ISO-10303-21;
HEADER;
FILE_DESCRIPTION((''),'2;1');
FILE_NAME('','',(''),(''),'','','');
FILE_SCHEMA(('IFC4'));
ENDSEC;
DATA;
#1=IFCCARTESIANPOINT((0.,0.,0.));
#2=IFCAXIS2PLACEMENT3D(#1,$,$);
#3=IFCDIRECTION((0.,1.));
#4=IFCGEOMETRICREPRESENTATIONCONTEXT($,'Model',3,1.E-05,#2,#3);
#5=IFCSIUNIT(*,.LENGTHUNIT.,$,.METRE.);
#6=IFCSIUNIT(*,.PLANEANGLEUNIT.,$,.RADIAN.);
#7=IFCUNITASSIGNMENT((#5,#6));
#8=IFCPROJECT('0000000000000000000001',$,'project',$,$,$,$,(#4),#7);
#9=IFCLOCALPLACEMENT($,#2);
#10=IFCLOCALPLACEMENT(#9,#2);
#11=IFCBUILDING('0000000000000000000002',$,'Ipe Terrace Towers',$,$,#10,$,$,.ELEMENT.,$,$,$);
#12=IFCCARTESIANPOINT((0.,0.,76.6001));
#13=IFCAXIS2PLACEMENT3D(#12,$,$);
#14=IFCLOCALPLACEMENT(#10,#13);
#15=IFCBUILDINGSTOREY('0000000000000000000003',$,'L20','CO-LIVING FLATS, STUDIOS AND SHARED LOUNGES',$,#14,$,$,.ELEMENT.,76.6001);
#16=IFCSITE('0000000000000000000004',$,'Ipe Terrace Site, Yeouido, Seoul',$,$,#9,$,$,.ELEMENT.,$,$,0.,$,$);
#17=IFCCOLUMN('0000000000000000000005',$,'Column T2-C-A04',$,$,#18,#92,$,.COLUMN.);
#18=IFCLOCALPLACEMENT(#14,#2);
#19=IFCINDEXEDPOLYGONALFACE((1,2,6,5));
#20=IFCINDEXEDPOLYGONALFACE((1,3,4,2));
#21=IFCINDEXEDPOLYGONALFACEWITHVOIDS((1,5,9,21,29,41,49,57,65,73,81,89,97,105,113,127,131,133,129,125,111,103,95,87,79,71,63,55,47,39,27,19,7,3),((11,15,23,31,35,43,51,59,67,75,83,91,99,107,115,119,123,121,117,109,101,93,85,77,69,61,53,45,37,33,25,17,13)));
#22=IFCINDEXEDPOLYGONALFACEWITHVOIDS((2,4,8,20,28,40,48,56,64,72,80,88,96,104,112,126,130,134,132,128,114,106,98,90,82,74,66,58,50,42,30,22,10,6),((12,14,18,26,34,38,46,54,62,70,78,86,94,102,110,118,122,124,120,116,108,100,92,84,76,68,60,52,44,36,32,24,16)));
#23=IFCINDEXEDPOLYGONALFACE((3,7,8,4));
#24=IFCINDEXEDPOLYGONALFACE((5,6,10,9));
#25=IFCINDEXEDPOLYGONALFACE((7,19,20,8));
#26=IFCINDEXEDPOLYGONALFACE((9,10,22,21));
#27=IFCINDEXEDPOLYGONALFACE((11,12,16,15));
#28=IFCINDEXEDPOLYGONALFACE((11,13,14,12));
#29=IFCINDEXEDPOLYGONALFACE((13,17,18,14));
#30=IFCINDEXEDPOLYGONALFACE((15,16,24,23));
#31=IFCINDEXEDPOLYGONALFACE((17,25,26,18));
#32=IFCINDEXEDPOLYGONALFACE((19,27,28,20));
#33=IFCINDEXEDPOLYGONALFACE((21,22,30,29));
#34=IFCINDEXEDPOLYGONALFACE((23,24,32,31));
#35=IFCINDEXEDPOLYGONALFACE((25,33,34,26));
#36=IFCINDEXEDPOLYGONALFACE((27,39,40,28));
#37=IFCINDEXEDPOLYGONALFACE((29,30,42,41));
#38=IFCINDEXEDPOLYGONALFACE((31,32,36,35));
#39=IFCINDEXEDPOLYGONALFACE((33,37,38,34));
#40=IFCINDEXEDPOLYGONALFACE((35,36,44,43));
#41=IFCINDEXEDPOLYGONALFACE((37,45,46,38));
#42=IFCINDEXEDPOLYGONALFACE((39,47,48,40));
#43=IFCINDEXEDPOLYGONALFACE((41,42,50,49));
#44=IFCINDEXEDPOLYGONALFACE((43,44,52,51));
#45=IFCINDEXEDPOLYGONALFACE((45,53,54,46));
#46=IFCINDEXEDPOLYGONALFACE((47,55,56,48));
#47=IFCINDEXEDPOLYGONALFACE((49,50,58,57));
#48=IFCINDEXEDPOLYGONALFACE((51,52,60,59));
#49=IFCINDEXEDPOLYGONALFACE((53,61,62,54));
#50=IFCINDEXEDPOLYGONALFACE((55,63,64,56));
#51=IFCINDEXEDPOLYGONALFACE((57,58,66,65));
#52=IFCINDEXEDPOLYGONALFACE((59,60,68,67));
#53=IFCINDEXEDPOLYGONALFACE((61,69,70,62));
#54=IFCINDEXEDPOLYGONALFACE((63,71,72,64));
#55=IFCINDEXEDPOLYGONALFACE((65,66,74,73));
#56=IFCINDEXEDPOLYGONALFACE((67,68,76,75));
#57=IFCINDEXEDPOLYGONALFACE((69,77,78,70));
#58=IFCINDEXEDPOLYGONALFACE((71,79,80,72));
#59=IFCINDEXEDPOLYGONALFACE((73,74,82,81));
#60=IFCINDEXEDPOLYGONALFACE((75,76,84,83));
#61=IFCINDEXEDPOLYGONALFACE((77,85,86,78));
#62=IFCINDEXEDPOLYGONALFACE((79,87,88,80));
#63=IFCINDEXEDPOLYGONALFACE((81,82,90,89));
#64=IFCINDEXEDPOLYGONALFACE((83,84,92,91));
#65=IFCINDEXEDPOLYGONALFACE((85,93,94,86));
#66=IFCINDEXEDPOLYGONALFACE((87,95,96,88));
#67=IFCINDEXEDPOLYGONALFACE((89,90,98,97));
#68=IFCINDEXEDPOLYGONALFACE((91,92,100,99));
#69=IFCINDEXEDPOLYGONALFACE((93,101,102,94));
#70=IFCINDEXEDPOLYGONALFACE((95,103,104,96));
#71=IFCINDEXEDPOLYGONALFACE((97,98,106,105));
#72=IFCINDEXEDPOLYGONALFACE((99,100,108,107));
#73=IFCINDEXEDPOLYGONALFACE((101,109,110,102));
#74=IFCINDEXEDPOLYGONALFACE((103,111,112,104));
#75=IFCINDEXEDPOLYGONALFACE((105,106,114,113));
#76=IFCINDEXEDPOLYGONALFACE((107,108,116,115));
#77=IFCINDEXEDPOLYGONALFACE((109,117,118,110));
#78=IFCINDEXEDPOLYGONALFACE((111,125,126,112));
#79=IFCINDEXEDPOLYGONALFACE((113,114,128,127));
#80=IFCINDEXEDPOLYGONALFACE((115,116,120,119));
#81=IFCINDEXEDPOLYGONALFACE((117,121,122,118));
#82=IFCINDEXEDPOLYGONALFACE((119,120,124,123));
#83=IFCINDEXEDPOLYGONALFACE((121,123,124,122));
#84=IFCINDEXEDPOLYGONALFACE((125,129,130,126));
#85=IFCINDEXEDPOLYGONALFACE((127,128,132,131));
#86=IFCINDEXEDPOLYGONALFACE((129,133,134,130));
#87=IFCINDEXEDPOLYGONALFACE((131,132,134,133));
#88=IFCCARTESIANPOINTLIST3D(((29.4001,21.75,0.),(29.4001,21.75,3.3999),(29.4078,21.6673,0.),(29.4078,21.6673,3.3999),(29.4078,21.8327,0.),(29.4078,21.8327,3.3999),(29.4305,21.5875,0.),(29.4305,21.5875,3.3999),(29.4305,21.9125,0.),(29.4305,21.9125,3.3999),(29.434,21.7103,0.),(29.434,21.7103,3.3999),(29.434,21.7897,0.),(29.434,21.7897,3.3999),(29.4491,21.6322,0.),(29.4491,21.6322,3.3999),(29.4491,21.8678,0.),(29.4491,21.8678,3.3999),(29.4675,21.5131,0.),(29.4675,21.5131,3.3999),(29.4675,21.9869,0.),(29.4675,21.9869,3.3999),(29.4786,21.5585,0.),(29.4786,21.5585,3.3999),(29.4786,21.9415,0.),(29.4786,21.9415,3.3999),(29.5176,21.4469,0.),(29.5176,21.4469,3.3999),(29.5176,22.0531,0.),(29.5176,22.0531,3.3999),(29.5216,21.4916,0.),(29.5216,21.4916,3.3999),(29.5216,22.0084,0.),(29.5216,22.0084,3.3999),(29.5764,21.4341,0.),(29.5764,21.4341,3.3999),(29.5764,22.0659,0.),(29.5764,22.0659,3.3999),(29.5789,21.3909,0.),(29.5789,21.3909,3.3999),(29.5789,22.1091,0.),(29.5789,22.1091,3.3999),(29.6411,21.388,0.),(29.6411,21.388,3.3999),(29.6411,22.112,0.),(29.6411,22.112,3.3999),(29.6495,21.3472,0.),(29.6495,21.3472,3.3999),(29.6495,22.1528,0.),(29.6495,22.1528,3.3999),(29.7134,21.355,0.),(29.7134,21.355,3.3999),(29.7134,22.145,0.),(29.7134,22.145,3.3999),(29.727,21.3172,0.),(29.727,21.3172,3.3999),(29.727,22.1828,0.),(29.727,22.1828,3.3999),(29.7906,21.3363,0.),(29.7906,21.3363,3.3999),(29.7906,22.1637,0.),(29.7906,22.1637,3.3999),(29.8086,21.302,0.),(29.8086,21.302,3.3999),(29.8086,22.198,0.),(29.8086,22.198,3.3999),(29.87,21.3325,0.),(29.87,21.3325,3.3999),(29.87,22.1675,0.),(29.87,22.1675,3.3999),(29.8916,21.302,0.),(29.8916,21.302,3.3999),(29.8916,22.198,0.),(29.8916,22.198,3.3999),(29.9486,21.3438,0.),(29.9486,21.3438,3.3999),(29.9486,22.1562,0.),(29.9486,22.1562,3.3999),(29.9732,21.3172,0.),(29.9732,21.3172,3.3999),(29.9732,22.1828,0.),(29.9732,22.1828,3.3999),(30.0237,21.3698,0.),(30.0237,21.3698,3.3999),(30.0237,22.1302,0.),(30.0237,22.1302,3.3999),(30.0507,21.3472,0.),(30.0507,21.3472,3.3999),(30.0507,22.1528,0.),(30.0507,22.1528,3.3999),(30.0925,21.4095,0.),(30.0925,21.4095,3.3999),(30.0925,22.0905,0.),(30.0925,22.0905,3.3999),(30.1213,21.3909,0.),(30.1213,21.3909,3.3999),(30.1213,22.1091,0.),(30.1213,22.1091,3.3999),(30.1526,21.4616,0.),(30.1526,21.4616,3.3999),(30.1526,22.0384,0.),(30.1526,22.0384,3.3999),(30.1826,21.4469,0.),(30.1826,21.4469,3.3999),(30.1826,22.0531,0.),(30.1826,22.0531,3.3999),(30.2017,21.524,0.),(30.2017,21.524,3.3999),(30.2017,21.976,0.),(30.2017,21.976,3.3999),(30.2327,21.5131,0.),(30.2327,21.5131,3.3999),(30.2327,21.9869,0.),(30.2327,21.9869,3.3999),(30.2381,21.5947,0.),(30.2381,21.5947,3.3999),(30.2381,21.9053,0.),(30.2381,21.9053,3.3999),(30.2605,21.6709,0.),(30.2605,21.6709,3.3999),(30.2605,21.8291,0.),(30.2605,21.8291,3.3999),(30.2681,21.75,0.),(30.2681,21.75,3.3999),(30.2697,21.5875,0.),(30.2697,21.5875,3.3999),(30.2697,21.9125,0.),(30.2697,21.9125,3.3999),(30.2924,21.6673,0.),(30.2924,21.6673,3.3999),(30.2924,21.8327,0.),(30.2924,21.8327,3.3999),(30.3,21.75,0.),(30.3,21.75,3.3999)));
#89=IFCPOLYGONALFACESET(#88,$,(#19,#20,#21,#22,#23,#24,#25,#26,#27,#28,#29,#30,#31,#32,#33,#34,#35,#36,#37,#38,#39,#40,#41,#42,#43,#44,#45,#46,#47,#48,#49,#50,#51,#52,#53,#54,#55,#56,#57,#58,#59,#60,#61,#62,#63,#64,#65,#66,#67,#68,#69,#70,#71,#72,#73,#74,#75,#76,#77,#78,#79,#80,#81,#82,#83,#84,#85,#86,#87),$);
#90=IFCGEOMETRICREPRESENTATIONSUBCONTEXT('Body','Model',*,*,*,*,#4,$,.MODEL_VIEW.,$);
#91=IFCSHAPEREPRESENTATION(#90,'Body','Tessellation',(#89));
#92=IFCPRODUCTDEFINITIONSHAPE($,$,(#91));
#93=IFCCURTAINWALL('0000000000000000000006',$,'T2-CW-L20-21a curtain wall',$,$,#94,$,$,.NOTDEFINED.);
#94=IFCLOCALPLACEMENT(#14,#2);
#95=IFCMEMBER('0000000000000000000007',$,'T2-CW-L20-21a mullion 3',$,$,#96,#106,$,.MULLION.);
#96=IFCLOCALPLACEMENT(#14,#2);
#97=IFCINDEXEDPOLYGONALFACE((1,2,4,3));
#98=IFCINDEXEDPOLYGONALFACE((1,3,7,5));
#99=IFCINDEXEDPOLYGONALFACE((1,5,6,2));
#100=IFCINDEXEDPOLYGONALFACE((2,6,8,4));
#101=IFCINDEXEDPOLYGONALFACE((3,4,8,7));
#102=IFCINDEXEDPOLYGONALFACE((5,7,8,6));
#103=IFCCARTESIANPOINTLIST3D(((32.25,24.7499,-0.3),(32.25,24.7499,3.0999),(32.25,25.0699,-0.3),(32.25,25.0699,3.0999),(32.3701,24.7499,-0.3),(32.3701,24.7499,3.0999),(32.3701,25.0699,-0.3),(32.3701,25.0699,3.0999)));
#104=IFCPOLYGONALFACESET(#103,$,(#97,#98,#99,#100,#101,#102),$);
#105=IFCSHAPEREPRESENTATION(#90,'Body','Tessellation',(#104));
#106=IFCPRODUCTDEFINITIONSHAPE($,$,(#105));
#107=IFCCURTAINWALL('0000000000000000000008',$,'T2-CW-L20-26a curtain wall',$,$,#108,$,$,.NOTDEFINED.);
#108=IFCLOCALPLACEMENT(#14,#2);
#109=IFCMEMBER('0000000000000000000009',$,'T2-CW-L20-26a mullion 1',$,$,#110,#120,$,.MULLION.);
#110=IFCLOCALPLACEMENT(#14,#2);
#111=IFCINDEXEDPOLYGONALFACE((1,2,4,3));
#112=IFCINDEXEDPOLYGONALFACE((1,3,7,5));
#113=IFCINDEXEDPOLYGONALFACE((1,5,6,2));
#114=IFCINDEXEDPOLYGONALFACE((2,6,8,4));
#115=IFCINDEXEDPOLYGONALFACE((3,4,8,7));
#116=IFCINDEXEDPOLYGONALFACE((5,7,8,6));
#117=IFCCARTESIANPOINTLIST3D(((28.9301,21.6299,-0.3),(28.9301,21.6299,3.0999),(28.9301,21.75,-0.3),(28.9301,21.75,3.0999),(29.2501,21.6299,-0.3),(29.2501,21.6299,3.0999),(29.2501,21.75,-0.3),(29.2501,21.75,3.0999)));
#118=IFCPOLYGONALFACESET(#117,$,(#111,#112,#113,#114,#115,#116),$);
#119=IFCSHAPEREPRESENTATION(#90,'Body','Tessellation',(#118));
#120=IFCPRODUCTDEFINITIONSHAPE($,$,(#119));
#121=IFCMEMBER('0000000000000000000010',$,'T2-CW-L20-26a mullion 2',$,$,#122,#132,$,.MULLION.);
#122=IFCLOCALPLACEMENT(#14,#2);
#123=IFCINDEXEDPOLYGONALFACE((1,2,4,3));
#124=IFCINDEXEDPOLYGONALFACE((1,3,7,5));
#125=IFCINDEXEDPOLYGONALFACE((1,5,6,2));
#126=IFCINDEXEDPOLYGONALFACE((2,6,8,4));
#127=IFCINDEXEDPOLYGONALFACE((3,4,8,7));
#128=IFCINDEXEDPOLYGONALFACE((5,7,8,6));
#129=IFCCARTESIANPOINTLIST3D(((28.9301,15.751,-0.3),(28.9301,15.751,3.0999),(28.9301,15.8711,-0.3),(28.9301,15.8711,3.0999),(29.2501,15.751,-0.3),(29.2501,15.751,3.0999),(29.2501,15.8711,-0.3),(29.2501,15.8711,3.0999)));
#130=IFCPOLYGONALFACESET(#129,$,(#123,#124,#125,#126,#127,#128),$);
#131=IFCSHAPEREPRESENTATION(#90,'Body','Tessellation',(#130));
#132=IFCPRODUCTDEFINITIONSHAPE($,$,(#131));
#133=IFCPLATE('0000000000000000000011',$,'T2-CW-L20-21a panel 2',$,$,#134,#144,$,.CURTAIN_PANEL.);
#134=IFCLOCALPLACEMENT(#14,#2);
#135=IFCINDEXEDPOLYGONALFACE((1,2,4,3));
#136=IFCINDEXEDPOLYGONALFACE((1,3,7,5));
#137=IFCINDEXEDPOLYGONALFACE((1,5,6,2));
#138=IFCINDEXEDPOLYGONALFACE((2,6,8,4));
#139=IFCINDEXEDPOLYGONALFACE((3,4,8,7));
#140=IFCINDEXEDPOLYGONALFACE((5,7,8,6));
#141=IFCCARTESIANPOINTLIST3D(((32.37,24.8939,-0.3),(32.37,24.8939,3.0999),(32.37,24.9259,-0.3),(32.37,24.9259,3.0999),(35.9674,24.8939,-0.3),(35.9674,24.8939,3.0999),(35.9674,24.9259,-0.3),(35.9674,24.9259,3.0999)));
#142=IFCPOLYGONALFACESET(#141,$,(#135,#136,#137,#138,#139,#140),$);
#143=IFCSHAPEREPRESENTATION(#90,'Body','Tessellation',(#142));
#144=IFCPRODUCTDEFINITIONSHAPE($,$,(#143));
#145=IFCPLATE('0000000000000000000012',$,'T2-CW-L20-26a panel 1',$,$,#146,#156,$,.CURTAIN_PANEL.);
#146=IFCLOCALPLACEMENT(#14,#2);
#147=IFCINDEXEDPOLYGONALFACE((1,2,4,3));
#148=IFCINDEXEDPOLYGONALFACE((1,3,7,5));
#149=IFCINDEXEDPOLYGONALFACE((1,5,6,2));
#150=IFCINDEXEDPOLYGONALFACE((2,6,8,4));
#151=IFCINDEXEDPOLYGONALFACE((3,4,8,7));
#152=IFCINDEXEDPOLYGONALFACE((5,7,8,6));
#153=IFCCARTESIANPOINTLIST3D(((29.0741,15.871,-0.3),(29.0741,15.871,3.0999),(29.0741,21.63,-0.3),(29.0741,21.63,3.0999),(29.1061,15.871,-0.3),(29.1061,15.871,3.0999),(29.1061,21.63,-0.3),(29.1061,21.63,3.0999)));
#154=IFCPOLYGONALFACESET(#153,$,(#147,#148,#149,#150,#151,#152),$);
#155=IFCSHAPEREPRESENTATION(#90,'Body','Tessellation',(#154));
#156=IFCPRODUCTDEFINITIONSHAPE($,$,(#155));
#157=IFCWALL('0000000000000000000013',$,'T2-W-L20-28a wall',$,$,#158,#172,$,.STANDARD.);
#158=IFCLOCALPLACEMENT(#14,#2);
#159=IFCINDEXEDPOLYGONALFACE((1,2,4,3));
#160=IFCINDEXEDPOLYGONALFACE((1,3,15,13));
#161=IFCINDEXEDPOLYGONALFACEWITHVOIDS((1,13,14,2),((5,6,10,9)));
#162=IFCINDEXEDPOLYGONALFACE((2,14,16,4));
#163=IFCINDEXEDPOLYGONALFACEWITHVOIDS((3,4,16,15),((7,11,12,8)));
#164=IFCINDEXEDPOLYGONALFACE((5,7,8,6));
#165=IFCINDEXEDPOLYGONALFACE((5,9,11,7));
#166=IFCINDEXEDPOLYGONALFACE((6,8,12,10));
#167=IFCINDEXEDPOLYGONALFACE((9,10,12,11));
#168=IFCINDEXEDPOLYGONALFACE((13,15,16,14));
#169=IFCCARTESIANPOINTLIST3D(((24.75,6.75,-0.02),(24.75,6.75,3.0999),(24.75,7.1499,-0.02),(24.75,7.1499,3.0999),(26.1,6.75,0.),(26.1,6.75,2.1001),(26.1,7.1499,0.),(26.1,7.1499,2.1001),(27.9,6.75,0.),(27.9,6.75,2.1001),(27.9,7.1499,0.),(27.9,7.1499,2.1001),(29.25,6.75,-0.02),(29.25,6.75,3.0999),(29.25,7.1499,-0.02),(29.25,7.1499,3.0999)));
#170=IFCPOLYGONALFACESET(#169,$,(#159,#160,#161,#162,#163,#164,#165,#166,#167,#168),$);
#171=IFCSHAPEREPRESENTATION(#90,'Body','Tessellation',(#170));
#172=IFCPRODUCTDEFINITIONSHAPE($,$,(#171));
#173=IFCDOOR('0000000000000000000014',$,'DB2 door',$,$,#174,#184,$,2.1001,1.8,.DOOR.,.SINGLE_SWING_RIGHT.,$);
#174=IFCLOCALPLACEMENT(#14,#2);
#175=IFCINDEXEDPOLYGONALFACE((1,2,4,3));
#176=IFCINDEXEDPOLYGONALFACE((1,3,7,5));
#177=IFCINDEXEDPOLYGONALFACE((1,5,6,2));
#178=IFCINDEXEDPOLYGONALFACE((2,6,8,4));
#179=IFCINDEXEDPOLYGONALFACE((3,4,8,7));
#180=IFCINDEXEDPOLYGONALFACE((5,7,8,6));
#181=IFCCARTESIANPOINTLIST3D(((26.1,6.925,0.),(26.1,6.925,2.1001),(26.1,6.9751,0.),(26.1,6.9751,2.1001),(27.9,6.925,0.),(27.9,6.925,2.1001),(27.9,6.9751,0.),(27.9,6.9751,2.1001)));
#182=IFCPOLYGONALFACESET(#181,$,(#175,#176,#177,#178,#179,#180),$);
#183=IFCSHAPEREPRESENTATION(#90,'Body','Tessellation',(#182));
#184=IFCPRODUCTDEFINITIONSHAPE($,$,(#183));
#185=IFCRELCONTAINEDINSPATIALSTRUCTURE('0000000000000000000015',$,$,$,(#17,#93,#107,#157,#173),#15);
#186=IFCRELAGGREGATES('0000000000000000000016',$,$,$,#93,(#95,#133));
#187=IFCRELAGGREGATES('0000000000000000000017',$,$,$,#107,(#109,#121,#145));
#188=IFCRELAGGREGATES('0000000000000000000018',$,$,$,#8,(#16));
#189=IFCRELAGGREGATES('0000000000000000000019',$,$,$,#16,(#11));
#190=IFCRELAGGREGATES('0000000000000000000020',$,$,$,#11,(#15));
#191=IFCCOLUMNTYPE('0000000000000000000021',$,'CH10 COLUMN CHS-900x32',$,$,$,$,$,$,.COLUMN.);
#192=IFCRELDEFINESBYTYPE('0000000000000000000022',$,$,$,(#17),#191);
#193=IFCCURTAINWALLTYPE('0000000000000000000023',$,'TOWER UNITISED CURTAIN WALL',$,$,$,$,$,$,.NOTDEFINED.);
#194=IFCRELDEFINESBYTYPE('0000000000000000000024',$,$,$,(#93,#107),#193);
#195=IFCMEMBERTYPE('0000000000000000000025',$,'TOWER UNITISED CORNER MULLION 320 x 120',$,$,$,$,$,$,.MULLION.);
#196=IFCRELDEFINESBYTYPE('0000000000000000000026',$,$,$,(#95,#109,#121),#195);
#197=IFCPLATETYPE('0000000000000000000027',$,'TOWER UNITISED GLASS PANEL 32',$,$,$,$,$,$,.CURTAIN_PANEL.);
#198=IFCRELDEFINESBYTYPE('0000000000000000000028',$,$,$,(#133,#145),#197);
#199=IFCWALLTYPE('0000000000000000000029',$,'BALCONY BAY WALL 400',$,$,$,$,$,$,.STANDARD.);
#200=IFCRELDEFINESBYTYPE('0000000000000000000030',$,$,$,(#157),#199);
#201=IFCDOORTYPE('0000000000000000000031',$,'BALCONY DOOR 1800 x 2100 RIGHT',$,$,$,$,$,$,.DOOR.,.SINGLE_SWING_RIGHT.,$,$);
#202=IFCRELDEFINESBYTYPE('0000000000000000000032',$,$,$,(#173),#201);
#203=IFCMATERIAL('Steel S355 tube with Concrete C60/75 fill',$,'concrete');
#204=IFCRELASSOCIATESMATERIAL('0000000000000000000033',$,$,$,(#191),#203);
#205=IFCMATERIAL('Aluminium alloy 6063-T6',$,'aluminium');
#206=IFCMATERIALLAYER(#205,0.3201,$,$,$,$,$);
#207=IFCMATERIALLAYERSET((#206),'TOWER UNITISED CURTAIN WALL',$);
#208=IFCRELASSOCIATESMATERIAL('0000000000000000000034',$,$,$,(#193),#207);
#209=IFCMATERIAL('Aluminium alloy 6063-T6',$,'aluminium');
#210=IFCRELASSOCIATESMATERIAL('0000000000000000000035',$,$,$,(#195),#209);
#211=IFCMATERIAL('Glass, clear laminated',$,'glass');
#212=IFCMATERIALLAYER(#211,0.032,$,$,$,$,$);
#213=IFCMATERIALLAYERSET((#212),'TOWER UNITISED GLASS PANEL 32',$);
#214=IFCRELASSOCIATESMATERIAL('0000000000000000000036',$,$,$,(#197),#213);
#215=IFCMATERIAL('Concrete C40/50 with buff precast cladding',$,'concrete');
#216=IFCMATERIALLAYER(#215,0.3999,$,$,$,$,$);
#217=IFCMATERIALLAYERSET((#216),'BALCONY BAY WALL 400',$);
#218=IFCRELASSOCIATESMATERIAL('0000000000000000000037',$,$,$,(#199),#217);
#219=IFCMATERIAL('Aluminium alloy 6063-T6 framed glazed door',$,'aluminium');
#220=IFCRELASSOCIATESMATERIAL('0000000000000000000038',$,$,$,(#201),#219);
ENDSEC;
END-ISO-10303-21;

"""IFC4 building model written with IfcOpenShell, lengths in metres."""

from ifc_helpers import new_model, si_unit, direction, frame, frame_2d, origin, origin_2d, place, context, subcontext, project, spatial, rectangle, hollow_circle, extrude, material, layer, layer_set, material_profile, profile_set, type_object, element, fill, aggregate, save


model = new_model("IFC4")

# Units and contexts
model_context = context("Model", 3, precision=1e-05, world=origin(), true_north=direction((0.0, 1.0)))
body_context = subcontext(model_context, "Body", "Model", "MODEL_VIEW")
ifc_project = project(units=[si_unit("LENGTHUNIT", "METRE"), si_unit("PLANEANGLEUNIT", "RADIAN")], contexts=[model_context])

# Site, building, storey
site_placement = place(None, origin())
site = spatial("IfcSite", under=ifc_project, at=site_placement, Name="Ipe Terrace Site, Yeouido, Seoul", CompositionType="ELEMENT", RefElevation=0.0)
building_placement = place(site_placement, origin())
building = spatial("IfcBuilding", under=site, at=building_placement, Name="Ipe Terrace Towers", CompositionType="ELEMENT")
storey_placement = place(building_placement, frame((0.0, 0.0, 76.6001)))
storey = spatial("IfcBuildingStorey", under=building, at=storey_placement, Name="L20", Description="CO-LIVING FLATS, STUDIOS AND SHARED LOUNGES", CompositionType="ELEMENT", Elevation=76.6001)

# Column
ifc_material_1 = material(Name="Steel S355 tube with Concrete C60/75 fill", Category="concrete")
ifc_material_profile_1 = material_profile(ifc_material_1, hollow_circle(Radius=0.45, WallThickness=0.032, at=origin_2d()), Name="CHS-900x32")
ifc_profile_set_1 = profile_set([ifc_material_profile_1], Name="Steel S355 tube with Concrete C60/75 fill")
column_type_1 = type_object("IfcColumnType", Name="CH10 COLUMN CHS-900x32", PredefinedType="COLUMN", material=ifc_profile_set_1)
for number, where, z_axis, x_axis, name in (
    (1, (29.8501, 21.75, 0.0), (0.0, 0.0, 1.0), (1.0, 0.0, 0.0), "Column T2-C-A04"),
):
    element("IfcColumn", number, at=place(storey_placement, frame(where, z_axis=z_axis, x_axis=x_axis)), inside=storey, type_object=column_type_1, Name=name, PredefinedType="COLUMN", context=body_context, shape_type="SweptSolid", body=[
        extrude(hollow_circle(Radius=0.45, WallThickness=0.032, at=origin_2d()), origin(), (0.0, 0.0, 1.0), 3.3999),
    ])

# Curtain wall, member
ifc_material_2 = material(Name="Aluminium alloy 6063-T6", Category="aluminium")
ifc_layer_1 = layer(ifc_material_2, 0.3201)
ifc_layer_set_1 = layer_set([ifc_layer_1], Name="TOWER UNITISED CURTAIN WALL")
curtain_wall_type = type_object("IfcCurtainWallType", Name="TOWER UNITISED CURTAIN WALL", PredefinedType="NOTDEFINED", material=ifc_layer_set_1)
curtain_wall_1_placement = place(storey_placement, origin())
curtain_wall_1 = element("IfcCurtainWall", 2, at=curtain_wall_1_placement, inside=storey, type_object=curtain_wall_type, Name="T2-CW-L20-21a curtain wall", PredefinedType="NOTDEFINED")
ifc_material_3 = material(Name="Aluminium alloy 6063-T6", Category="aluminium")
ifc_material_profile_2 = material_profile(ifc_material_3, rectangle(XDim=0.3201, YDim=0.1201, at=origin_2d()), Name="TOWER UNITISED CORNER MULLION 320 x 120")
ifc_profile_set_2 = profile_set([ifc_material_profile_2], Name="Aluminium alloy 6063-T6")
member_type = type_object("IfcMemberType", Name="TOWER UNITISED CORNER MULLION 320 x 120", PredefinedType="MULLION", material=ifc_profile_set_2)
member_1_placement = place(storey_placement, frame((32.3101, 24.9099, -0.3), z_axis=(0.0, 0.0, 1.0), x_axis=(0.0, 1.0, 0.0)))
member_1 = element("IfcMember", 3, at=member_1_placement, type_object=member_type, Name="T2-CW-L20-21a mullion 3", PredefinedType="MULLION", context=body_context, shape_type="SweptSolid", body=[
    extrude(rectangle(XDim=0.3201, YDim=0.1201, at=origin_2d()), origin(), (0.0, 0.0, 1.0), 3.3999),
])

# Curtain wall, members
curtain_wall_2_placement = place(storey_placement, origin())
curtain_wall_2 = element("IfcCurtainWall", 4, at=curtain_wall_2_placement, inside=storey, type_object=curtain_wall_type, Name="T2-CW-L20-26a curtain wall", PredefinedType="NOTDEFINED")
member_2_placement = place(storey_placement, frame((29.0901, 21.6899, -0.3), z_axis=(0.0, 0.0, 1.0), x_axis=(-1.0, 0.0, 0.0)))
member_2 = element("IfcMember", 5, at=member_2_placement, type_object=member_type, Name="T2-CW-L20-26a mullion 1", PredefinedType="MULLION", context=body_context, shape_type="SweptSolid", body=[
    extrude(rectangle(XDim=0.3201, YDim=0.1201, at=origin_2d()), origin(), (0.0, 0.0, 1.0), 3.3999),
])
member_3_placement = place(storey_placement, frame((29.0901, 15.811, -0.3), z_axis=(0.0, 0.0, 1.0), x_axis=(-1.0, 0.0, 0.0)))
member_3 = element("IfcMember", 6, at=member_3_placement, type_object=member_type, Name="T2-CW-L20-26a mullion 2", PredefinedType="MULLION", context=body_context, shape_type="SweptSolid", body=[
    extrude(rectangle(XDim=0.3201, YDim=0.1201, at=origin_2d()), origin(), (0.0, 0.0, 1.0), 3.3999),
])

# Plates
ifc_material_4 = material(Name="Glass, clear laminated", Category="glass")
ifc_layer_2 = layer(ifc_material_4, 0.032)
ifc_layer_set_2 = layer_set([ifc_layer_2], Name="TOWER UNITISED GLASS PANEL 32")
plate_type = type_object("IfcPlateType", Name="TOWER UNITISED GLASS PANEL 32", PredefinedType="CURTAIN_PANEL", material=ifc_layer_set_2)
plate_1_placement = place(storey_placement, frame((34.1687, 24.9099, -0.3), z_axis=(0.0, 0.0, 1.0), x_axis=(-1.0, 0.0, 0.0)))
plate_1 = element("IfcPlate", 7, at=plate_1_placement, type_object=plate_type, Name="T2-CW-L20-21a panel 2", PredefinedType="CURTAIN_PANEL", context=body_context, shape_type="SweptSolid", body=[
    extrude(rectangle(XDim=3.5974, YDim=0.032, at=origin_2d()), origin(), (0.0, 0.0, 1.0), 3.3999),
])
aggregate(curtain_wall_1, [member_1, plate_1])
plate_2_placement = place(storey_placement, frame((29.0901, 18.7505, -0.3), z_axis=(0.0, 0.0, 1.0), x_axis=(0.0, -1.0, 0.0)))
plate_2 = element("IfcPlate", 8, at=plate_2_placement, type_object=plate_type, Name="T2-CW-L20-26a panel 1", PredefinedType="CURTAIN_PANEL", context=body_context, shape_type="SweptSolid", body=[
    extrude(rectangle(XDim=5.759, YDim=0.032, at=origin_2d()), origin(), (0.0, 0.0, 1.0), 3.3999),
])
aggregate(curtain_wall_2, [member_2, member_3, plate_2])

# Wall, opening, door
ifc_material_5 = material(Name="Concrete C40/50 with buff precast cladding", Category="concrete")
ifc_layer_3 = layer(ifc_material_5, 0.3999)
ifc_layer_set_3 = layer_set([ifc_layer_3], Name="BALCONY BAY WALL 400")
wall_type_1 = type_object("IfcWallType", Name="BALCONY BAY WALL 400", PredefinedType="STANDARD", material=ifc_layer_set_3)
wall_1_placement = place(storey_placement, frame((29.25, 6.95, -0.02), z_axis=(0.0, 0.0, 1.0), x_axis=(-1.0, 0.0, 0.0)))
wall_1 = element("IfcWall", 9, at=wall_1_placement, inside=storey, type_object=wall_type_1, Name="T2-W-L20-28a wall", PredefinedType="STANDARD", context=body_context, shape_type="SweptSolid", body=[
    extrude(rectangle(XDim=4.5, YDim=0.3999, at=frame_2d((2.25, 0.0))), origin(), (0.0, 0.0, 1.0), 3.1199),
])
opening_1_placement = place(wall_1_placement, frame((1.3501, 0.0, 0.02)))
opening_1 = element("IfcOpeningElement", 10, at=opening_1_placement, cuts=wall_1, PredefinedType="OPENING", context=body_context, shape_type="SweptSolid", body=[
    extrude(rectangle(XDim=1.8, YDim=2.1001, at=frame_2d((0.8999, 1.05))), frame((0.0, 0.21, 0.0), z_axis=(0.0, -1.0, 0.0), x_axis=(1.0, 0.0, 0.0)), (0.0, 0.0, 1.0), 0.4199),
])
ifc_material_6 = material(Name="Aluminium alloy 6063-T6 framed glazed door", Category="aluminium")
door_type_1 = type_object("IfcDoorType", Name="BALCONY DOOR 1800 x 2100 RIGHT", OperationType="SINGLE_SWING_RIGHT", PredefinedType="DOOR", material=ifc_material_6)
door_1_placement = place(opening_1_placement, origin())
door_1 = element("IfcDoor", 11, at=door_1_placement, inside=storey, type_object=door_type_1, Name="DB2 door", OperationType="SINGLE_SWING_RIGHT", OverallHeight=2.1001, OverallWidth=1.8, PredefinedType="DOOR", context=body_context, shape_type="SweptSolid", body=[
    extrude(rectangle(XDim=1.8, YDim=2.1001, at=frame_2d((0.8999, 1.05))), frame((0.0, 0.0249, 0.0), z_axis=(0.0, -1.0, 0.0), x_axis=(1.0, 0.0, 0.0)), (0.0, 0.0, 1.0), 0.05),
])
fill(opening_1, door_1)

save(model, "model.ifc")
